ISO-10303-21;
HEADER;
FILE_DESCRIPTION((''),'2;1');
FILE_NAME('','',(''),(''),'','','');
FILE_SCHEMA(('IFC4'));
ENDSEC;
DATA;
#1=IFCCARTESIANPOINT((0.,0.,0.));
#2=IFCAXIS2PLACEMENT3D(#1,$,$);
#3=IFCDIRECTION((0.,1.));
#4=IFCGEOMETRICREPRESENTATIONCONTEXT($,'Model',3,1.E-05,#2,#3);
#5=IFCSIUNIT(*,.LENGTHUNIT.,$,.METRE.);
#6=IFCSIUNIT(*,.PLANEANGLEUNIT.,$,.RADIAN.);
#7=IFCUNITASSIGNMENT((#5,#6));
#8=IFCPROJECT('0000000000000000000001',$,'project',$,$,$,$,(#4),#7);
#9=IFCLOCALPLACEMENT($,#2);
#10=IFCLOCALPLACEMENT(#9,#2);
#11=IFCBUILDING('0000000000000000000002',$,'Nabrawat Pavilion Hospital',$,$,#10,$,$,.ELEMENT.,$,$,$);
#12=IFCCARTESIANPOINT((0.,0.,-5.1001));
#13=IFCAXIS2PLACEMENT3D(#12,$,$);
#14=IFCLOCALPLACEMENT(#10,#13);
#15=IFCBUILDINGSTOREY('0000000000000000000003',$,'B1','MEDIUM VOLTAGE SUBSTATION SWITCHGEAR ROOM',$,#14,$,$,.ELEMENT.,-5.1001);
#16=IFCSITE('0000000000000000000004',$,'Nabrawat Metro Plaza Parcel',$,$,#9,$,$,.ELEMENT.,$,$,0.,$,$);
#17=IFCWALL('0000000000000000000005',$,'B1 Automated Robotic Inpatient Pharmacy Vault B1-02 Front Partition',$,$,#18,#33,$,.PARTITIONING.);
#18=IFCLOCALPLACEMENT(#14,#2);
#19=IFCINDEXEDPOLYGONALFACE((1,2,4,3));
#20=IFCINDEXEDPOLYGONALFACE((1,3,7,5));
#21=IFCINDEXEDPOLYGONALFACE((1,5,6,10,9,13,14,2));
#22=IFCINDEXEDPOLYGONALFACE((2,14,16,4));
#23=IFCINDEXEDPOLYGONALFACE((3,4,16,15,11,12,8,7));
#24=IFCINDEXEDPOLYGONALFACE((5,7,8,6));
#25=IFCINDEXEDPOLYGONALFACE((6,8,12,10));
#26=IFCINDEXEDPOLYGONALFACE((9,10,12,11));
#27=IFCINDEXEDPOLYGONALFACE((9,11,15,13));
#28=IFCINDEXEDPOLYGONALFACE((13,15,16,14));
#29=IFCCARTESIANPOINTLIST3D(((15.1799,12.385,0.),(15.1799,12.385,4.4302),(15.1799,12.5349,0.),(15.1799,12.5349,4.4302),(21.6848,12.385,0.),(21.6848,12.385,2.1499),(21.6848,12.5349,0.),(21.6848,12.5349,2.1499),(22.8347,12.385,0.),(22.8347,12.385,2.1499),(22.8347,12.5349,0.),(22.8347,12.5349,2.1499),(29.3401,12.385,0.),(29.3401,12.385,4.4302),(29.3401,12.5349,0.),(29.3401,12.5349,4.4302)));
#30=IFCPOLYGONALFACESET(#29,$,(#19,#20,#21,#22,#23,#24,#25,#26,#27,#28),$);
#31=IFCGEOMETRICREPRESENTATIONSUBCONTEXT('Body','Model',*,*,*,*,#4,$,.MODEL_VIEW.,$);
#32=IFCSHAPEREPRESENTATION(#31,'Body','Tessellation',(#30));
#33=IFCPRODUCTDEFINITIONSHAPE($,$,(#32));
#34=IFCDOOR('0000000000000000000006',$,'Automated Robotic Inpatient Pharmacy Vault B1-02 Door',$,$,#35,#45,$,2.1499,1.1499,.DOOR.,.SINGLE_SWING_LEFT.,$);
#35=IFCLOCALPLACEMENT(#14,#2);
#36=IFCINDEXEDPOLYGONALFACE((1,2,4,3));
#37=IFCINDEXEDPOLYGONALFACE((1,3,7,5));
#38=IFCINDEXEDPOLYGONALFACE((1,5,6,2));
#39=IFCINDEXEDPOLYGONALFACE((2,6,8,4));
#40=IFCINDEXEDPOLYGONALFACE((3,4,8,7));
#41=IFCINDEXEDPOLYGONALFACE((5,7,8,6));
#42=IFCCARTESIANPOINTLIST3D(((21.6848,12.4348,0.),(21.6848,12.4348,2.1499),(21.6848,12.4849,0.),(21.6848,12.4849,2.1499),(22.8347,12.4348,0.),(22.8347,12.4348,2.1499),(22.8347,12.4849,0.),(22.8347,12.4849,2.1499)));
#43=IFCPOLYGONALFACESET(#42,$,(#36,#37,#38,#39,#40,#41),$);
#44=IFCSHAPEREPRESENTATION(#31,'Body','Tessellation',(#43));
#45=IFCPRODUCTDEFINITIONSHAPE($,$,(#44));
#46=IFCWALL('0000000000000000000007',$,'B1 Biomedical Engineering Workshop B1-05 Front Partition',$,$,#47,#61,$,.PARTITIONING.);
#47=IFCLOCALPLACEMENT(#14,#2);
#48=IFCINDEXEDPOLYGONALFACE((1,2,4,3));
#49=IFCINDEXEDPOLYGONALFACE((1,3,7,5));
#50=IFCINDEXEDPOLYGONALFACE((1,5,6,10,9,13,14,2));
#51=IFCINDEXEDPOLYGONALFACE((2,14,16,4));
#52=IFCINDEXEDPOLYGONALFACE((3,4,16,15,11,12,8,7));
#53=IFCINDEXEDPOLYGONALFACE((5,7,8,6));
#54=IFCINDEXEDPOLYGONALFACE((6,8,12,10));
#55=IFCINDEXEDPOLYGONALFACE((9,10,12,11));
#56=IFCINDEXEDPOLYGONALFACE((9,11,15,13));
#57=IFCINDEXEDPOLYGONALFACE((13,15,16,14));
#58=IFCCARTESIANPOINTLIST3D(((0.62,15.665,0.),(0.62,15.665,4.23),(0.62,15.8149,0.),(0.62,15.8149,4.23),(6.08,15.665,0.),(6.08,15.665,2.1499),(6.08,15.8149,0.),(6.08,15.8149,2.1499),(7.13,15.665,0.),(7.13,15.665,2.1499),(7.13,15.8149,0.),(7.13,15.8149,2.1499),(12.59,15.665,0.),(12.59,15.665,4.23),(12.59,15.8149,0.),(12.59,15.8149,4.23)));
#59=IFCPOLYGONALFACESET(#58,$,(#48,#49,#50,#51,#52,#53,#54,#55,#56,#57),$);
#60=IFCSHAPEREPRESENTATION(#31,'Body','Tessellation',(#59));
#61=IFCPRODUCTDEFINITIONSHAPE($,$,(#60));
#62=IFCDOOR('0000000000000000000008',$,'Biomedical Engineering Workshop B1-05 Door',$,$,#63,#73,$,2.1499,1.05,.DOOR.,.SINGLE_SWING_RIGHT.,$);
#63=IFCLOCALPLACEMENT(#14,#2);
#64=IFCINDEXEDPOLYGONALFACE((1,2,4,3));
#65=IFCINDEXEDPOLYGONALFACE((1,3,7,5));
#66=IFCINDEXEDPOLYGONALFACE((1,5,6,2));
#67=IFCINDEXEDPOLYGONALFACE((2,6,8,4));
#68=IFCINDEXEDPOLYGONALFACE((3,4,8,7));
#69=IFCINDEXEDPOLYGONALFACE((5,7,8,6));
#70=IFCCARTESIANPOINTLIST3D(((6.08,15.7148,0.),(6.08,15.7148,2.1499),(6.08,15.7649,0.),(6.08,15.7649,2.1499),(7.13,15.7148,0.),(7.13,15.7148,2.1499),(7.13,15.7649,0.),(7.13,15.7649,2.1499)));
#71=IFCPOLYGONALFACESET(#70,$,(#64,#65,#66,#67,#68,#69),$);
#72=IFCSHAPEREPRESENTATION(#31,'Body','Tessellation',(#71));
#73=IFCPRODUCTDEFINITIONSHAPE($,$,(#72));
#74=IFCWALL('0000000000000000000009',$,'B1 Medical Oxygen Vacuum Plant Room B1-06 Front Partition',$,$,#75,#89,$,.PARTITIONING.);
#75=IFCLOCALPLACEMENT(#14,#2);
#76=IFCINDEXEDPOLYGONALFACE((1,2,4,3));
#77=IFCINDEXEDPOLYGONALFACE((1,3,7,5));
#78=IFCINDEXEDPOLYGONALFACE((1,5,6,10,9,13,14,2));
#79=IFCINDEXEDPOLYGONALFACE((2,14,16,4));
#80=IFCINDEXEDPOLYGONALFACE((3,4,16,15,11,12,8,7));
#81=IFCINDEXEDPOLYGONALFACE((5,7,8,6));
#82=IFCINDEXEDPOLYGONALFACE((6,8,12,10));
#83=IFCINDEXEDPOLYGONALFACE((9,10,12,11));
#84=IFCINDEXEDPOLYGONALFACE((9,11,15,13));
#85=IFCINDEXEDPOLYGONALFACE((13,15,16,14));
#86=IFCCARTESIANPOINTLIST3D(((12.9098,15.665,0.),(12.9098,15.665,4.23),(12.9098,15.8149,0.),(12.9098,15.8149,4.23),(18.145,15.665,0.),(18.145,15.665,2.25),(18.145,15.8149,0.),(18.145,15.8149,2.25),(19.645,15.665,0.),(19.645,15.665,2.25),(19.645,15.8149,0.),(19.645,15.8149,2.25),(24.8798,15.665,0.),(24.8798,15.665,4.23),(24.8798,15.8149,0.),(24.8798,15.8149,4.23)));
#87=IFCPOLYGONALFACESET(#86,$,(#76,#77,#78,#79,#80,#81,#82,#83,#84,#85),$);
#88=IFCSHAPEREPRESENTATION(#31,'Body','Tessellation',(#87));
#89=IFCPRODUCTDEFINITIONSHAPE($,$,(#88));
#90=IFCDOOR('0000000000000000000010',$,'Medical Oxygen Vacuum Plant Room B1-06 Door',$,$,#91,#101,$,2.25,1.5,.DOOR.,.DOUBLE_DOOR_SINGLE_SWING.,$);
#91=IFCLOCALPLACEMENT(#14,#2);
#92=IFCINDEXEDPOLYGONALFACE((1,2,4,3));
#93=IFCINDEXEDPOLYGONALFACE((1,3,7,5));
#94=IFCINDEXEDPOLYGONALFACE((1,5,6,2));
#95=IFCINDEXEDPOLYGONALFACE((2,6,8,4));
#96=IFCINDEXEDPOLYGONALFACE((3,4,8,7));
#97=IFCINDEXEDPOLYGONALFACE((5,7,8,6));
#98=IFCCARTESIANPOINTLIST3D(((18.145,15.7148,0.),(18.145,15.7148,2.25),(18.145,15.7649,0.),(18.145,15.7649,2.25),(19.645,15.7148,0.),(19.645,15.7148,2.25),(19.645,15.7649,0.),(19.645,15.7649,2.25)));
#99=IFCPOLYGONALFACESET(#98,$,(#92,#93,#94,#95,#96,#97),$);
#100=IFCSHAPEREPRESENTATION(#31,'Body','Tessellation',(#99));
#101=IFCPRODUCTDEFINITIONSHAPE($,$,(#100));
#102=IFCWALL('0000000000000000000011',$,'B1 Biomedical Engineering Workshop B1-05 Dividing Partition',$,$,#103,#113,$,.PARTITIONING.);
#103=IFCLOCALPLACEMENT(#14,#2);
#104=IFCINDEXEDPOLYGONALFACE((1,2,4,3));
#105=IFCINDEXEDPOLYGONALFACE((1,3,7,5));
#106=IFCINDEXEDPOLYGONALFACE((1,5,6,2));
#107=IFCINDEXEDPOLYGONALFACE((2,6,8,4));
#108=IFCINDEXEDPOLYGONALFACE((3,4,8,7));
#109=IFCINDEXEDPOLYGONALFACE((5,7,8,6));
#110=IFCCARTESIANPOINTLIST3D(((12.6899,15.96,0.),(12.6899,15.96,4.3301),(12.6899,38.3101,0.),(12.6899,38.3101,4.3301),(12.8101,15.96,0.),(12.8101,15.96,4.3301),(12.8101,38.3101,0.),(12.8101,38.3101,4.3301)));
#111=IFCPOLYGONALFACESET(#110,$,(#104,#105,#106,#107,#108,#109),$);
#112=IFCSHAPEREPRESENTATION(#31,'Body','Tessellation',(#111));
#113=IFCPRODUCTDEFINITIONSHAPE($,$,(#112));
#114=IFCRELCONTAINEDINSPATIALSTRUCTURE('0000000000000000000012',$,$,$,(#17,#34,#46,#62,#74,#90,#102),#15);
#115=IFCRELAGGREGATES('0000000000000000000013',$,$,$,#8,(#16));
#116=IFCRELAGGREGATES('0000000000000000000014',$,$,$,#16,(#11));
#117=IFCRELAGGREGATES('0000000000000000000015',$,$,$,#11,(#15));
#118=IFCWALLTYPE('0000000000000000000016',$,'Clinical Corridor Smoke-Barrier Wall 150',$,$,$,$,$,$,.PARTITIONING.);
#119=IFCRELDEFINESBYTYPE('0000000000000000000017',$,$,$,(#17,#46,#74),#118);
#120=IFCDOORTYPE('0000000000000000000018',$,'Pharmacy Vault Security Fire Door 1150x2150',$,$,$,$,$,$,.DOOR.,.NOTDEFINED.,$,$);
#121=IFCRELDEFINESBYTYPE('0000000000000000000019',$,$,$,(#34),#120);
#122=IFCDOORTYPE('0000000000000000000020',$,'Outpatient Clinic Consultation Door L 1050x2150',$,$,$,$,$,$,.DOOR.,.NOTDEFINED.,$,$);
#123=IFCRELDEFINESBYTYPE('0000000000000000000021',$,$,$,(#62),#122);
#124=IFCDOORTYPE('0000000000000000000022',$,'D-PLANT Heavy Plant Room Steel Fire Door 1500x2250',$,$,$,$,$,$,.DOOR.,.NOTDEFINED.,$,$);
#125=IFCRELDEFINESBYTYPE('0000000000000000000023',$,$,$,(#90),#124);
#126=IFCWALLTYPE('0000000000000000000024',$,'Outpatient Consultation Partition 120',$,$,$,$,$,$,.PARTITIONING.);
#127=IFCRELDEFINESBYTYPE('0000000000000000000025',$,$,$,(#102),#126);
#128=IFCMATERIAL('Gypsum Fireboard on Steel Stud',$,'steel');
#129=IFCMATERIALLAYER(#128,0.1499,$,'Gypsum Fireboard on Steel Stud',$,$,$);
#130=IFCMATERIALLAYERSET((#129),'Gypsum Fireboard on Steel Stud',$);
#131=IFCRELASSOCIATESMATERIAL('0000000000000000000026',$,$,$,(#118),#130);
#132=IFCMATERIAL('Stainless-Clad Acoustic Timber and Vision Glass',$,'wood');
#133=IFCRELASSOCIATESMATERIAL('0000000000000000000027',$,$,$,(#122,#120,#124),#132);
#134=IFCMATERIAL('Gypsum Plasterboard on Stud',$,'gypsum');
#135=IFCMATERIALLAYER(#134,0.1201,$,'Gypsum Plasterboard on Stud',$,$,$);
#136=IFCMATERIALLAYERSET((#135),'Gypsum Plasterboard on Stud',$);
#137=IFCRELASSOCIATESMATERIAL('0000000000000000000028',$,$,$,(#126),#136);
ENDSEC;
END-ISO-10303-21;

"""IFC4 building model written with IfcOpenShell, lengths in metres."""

from ifc_helpers import new_model, si_unit, direction, frame, frame_2d, origin, place, context, subcontext, project, spatial, rectangle, extrude, material, layer, layer_set, type_object, element, fill, save


model = new_model("IFC4")

# Units and contexts
model_context = context("Model", 3, precision=1e-05, world=origin(), true_north=direction((0.0, 1.0)))
body_context = subcontext(model_context, "Body", "Model", "MODEL_VIEW")
ifc_project = project(units=[si_unit("LENGTHUNIT", "METRE"), si_unit("PLANEANGLEUNIT", "RADIAN")], contexts=[model_context])

# Site, building, storey
site_placement = place(None, origin())
site = spatial("IfcSite", under=ifc_project, at=site_placement, Name="Nabrawat Metro Plaza Parcel", CompositionType="ELEMENT", RefElevation=0.0)
building_placement = place(site_placement, origin())
building = spatial("IfcBuilding", under=site, at=building_placement, Name="Nabrawat Pavilion Hospital", CompositionType="ELEMENT")
storey_placement = place(building_placement, frame((0.0, 0.0, -5.1001)))
storey = spatial("IfcBuildingStorey", under=building, at=storey_placement, Name="B1", Description="MEDIUM VOLTAGE SUBSTATION SWITCHGEAR ROOM", CompositionType="ELEMENT", Elevation=-5.1001)

# Shared definitions
ifc_material_1 = material(Name="Gypsum Plasterboard on Stud", Category="gypsum")

# Walls, openings, doors
ifc_material_2 = material(Name="Gypsum Fireboard on Steel Stud", Category="steel")
ifc_layer_1 = layer(ifc_material_2, 0.1499, Name="Gypsum Fireboard on Steel Stud")
ifc_layer_set_1 = layer_set([ifc_layer_1], Name="Gypsum Fireboard on Steel Stud")
wall_type_1 = type_object("IfcWallType", Name="Clinical Corridor Smoke-Barrier Wall 150", PredefinedType="PARTITIONING", material=ifc_layer_set_1)
ifc_material_3 = material(Name="Stainless-Clad Acoustic Timber and Vision Glass", Category="wood")
door_type_1 = type_object("IfcDoorType", Name="Outpatient Clinic Consultation Door L 1050x2150", OperationType="NOTDEFINED", PredefinedType="DOOR", material=ifc_material_3)
wall_1_placement = place(storey_placement, frame((15.1799, 12.46, 0.0), z_axis=(0.0, 0.0, 1.0), x_axis=(1.0, 0.0, 0.0)))
wall_1 = element("IfcWall", 1, at=wall_1_placement, inside=storey, type_object=wall_type_1, Name="B1 Automated Robotic Inpatient Pharmacy Vault B1-02 Front Partition", PredefinedType="PARTITIONING", context=body_context, shape_type="SweptSolid", body=[
    extrude(rectangle(XDim=14.1602, YDim=0.1499, at=frame_2d((7.0801, 0.0))), origin(), (0.0, 0.0, 1.0), 4.4302),
])
opening_1_placement = place(wall_1_placement, frame((6.5049, 0.0, 0.0)))
opening_1 = element("IfcOpeningElement", 2, at=opening_1_placement, cuts=wall_1, PredefinedType="OPENING", context=body_context, shape_type="SweptSolid", body=[
    extrude(rectangle(XDim=1.1499, YDim=2.1499, at=frame_2d((0.575, 1.075))), frame((0.0, 0.085, 0.0), z_axis=(0.0, -1.0, 0.0), x_axis=(1.0, 0.0, 0.0)), (0.0, 0.0, 1.0), 0.1699),
])
door_type_2 = type_object("IfcDoorType", Name="Pharmacy Vault Security Fire Door 1150x2150", OperationType="NOTDEFINED", PredefinedType="DOOR", material=ifc_material_3)
door_1_placement = place(opening_1_placement, origin())
door_1 = element("IfcDoor", 3, at=door_1_placement, inside=storey, type_object=door_type_2, Name="Automated Robotic Inpatient Pharmacy Vault B1-02 Door", OperationType="SINGLE_SWING_LEFT", OverallHeight=2.1499, OverallWidth=1.1499, PredefinedType="DOOR", context=body_context, shape_type="SweptSolid", body=[
    extrude(rectangle(XDim=1.1499, YDim=2.1499, at=frame_2d((0.575, 1.075))), frame((0.0, 0.0249, 0.0), z_axis=(0.0, -1.0, 0.0), x_axis=(1.0, 0.0, 0.0)), (0.0, 0.0, 1.0), 0.05),
])
fill(opening_1, door_1)
wall_2_placement = place(storey_placement, frame((0.6201, 15.74, 0.0), z_axis=(0.0, 0.0, 1.0), x_axis=(1.0, 0.0, 0.0)))
wall_2 = element("IfcWall", 4, at=wall_2_placement, inside=storey, type_object=wall_type_1, Name="B1 Biomedical Engineering Workshop B1-05 Front Partition", PredefinedType="PARTITIONING", context=body_context, shape_type="SweptSolid", body=[
    extrude(rectangle(XDim=11.97, YDim=0.1499, at=frame_2d((5.9849, 0.0))), origin(), (0.0, 0.0, 1.0), 4.23),
])
opening_2_placement = place(wall_2_placement, frame((5.46, 0.0, 0.0)))
opening_2 = element("IfcOpeningElement", 5, at=opening_2_placement, cuts=wall_2, PredefinedType="OPENING", context=body_context, shape_type="SweptSolid", body=[
    extrude(rectangle(XDim=1.05, YDim=2.1499, at=frame_2d((0.5249, 1.075))), frame((0.0, 0.085, 0.0), z_axis=(0.0, -1.0, 0.0), x_axis=(1.0, 0.0, 0.0)), (0.0, 0.0, 1.0), 0.1699),
])
door_2_placement = place(opening_2_placement, origin())
door_2 = element("IfcDoor", 6, at=door_2_placement, inside=storey, type_object=door_type_1, Name="Biomedical Engineering Workshop B1-05 Door", OperationType="SINGLE_SWING_RIGHT", OverallHeight=2.1499, OverallWidth=1.05, PredefinedType="DOOR", context=body_context, shape_type="SweptSolid", body=[
    extrude(rectangle(XDim=1.05, YDim=2.1499, at=frame_2d((0.5249, 1.075))), frame((0.0, 0.0249, 0.0), z_axis=(0.0, -1.0, 0.0), x_axis=(1.0, 0.0, 0.0)), (0.0, 0.0, 1.0), 0.05),
])
fill(opening_2, door_2)
wall_3_placement = place(storey_placement, frame((12.9099, 15.74, 0.0), z_axis=(0.0, 0.0, 1.0), x_axis=(1.0, 0.0, 0.0)))
wall_3 = element("IfcWall", 7, at=wall_3_placement, inside=storey, type_object=wall_type_1, Name="B1 Medical Oxygen Vacuum Plant Room B1-06 Front Partition", PredefinedType="PARTITIONING", context=body_context, shape_type="SweptSolid", body=[
    extrude(rectangle(XDim=11.97, YDim=0.1499, at=frame_2d((5.9849, 0.0))), origin(), (0.0, 0.0, 1.0), 4.23),
])
opening_3_placement = place(wall_3_placement, frame((5.2351, 0.0, 0.0)))
opening_3 = element("IfcOpeningElement", 8, at=opening_3_placement, cuts=wall_3, PredefinedType="OPENING", context=body_context, shape_type="SweptSolid", body=[
    extrude(rectangle(XDim=1.5, YDim=2.25, at=frame_2d((0.75, 1.125))), frame((0.0, 0.085, 0.0), z_axis=(0.0, -1.0, 0.0), x_axis=(1.0, 0.0, 0.0)), (0.0, 0.0, 1.0), 0.1699),
])
door_type_3 = type_object("IfcDoorType", Name="D-PLANT Heavy Plant Room Steel Fire Door 1500x2250", OperationType="NOTDEFINED", PredefinedType="DOOR", material=ifc_material_3)
door_3_placement = place(opening_3_placement, origin())
door_3 = element("IfcDoor", 9, at=door_3_placement, inside=storey, type_object=door_type_3, Name="Medical Oxygen Vacuum Plant Room B1-06 Door", OperationType="DOUBLE_DOOR_SINGLE_SWING", OverallHeight=2.25, OverallWidth=1.5, PredefinedType="DOOR", context=body_context, shape_type="SweptSolid", body=[
    extrude(rectangle(XDim=1.5, YDim=2.25, at=frame_2d((0.75, 1.125))), frame((0.0, 0.0249, 0.0), z_axis=(0.0, -1.0, 0.0), x_axis=(1.0, 0.0, 0.0)), (0.0, 0.0, 1.0), 0.05),
])
fill(opening_3, door_3)

# Wall
ifc_layer_2 = layer(ifc_material_1, 0.1201, Name="Gypsum Plasterboard on Stud")
ifc_layer_set_2 = layer_set([ifc_layer_2], Name="Gypsum Plasterboard on Stud")
wall_type_2 = type_object("IfcWallType", Name="Outpatient Consultation Partition 120", PredefinedType="PARTITIONING", material=ifc_layer_set_2)
wall_4_placement = place(storey_placement, frame((12.75, 15.96, 0.0), z_axis=(0.0, 0.0, 1.0), x_axis=(0.0, 1.0, 0.0)))
element("IfcWall", 10, at=wall_4_placement, inside=storey, type_object=wall_type_2, Name="B1 Biomedical Engineering Workshop B1-05 Dividing Partition", PredefinedType="PARTITIONING", context=body_context, shape_type="SweptSolid", body=[
    extrude(rectangle(XDim=22.3501, YDim=0.1201, at=frame_2d((11.175, 0.0))), origin(), (0.0, 0.0, 1.0), 4.3301),
])

save(model, "model.ifc")
